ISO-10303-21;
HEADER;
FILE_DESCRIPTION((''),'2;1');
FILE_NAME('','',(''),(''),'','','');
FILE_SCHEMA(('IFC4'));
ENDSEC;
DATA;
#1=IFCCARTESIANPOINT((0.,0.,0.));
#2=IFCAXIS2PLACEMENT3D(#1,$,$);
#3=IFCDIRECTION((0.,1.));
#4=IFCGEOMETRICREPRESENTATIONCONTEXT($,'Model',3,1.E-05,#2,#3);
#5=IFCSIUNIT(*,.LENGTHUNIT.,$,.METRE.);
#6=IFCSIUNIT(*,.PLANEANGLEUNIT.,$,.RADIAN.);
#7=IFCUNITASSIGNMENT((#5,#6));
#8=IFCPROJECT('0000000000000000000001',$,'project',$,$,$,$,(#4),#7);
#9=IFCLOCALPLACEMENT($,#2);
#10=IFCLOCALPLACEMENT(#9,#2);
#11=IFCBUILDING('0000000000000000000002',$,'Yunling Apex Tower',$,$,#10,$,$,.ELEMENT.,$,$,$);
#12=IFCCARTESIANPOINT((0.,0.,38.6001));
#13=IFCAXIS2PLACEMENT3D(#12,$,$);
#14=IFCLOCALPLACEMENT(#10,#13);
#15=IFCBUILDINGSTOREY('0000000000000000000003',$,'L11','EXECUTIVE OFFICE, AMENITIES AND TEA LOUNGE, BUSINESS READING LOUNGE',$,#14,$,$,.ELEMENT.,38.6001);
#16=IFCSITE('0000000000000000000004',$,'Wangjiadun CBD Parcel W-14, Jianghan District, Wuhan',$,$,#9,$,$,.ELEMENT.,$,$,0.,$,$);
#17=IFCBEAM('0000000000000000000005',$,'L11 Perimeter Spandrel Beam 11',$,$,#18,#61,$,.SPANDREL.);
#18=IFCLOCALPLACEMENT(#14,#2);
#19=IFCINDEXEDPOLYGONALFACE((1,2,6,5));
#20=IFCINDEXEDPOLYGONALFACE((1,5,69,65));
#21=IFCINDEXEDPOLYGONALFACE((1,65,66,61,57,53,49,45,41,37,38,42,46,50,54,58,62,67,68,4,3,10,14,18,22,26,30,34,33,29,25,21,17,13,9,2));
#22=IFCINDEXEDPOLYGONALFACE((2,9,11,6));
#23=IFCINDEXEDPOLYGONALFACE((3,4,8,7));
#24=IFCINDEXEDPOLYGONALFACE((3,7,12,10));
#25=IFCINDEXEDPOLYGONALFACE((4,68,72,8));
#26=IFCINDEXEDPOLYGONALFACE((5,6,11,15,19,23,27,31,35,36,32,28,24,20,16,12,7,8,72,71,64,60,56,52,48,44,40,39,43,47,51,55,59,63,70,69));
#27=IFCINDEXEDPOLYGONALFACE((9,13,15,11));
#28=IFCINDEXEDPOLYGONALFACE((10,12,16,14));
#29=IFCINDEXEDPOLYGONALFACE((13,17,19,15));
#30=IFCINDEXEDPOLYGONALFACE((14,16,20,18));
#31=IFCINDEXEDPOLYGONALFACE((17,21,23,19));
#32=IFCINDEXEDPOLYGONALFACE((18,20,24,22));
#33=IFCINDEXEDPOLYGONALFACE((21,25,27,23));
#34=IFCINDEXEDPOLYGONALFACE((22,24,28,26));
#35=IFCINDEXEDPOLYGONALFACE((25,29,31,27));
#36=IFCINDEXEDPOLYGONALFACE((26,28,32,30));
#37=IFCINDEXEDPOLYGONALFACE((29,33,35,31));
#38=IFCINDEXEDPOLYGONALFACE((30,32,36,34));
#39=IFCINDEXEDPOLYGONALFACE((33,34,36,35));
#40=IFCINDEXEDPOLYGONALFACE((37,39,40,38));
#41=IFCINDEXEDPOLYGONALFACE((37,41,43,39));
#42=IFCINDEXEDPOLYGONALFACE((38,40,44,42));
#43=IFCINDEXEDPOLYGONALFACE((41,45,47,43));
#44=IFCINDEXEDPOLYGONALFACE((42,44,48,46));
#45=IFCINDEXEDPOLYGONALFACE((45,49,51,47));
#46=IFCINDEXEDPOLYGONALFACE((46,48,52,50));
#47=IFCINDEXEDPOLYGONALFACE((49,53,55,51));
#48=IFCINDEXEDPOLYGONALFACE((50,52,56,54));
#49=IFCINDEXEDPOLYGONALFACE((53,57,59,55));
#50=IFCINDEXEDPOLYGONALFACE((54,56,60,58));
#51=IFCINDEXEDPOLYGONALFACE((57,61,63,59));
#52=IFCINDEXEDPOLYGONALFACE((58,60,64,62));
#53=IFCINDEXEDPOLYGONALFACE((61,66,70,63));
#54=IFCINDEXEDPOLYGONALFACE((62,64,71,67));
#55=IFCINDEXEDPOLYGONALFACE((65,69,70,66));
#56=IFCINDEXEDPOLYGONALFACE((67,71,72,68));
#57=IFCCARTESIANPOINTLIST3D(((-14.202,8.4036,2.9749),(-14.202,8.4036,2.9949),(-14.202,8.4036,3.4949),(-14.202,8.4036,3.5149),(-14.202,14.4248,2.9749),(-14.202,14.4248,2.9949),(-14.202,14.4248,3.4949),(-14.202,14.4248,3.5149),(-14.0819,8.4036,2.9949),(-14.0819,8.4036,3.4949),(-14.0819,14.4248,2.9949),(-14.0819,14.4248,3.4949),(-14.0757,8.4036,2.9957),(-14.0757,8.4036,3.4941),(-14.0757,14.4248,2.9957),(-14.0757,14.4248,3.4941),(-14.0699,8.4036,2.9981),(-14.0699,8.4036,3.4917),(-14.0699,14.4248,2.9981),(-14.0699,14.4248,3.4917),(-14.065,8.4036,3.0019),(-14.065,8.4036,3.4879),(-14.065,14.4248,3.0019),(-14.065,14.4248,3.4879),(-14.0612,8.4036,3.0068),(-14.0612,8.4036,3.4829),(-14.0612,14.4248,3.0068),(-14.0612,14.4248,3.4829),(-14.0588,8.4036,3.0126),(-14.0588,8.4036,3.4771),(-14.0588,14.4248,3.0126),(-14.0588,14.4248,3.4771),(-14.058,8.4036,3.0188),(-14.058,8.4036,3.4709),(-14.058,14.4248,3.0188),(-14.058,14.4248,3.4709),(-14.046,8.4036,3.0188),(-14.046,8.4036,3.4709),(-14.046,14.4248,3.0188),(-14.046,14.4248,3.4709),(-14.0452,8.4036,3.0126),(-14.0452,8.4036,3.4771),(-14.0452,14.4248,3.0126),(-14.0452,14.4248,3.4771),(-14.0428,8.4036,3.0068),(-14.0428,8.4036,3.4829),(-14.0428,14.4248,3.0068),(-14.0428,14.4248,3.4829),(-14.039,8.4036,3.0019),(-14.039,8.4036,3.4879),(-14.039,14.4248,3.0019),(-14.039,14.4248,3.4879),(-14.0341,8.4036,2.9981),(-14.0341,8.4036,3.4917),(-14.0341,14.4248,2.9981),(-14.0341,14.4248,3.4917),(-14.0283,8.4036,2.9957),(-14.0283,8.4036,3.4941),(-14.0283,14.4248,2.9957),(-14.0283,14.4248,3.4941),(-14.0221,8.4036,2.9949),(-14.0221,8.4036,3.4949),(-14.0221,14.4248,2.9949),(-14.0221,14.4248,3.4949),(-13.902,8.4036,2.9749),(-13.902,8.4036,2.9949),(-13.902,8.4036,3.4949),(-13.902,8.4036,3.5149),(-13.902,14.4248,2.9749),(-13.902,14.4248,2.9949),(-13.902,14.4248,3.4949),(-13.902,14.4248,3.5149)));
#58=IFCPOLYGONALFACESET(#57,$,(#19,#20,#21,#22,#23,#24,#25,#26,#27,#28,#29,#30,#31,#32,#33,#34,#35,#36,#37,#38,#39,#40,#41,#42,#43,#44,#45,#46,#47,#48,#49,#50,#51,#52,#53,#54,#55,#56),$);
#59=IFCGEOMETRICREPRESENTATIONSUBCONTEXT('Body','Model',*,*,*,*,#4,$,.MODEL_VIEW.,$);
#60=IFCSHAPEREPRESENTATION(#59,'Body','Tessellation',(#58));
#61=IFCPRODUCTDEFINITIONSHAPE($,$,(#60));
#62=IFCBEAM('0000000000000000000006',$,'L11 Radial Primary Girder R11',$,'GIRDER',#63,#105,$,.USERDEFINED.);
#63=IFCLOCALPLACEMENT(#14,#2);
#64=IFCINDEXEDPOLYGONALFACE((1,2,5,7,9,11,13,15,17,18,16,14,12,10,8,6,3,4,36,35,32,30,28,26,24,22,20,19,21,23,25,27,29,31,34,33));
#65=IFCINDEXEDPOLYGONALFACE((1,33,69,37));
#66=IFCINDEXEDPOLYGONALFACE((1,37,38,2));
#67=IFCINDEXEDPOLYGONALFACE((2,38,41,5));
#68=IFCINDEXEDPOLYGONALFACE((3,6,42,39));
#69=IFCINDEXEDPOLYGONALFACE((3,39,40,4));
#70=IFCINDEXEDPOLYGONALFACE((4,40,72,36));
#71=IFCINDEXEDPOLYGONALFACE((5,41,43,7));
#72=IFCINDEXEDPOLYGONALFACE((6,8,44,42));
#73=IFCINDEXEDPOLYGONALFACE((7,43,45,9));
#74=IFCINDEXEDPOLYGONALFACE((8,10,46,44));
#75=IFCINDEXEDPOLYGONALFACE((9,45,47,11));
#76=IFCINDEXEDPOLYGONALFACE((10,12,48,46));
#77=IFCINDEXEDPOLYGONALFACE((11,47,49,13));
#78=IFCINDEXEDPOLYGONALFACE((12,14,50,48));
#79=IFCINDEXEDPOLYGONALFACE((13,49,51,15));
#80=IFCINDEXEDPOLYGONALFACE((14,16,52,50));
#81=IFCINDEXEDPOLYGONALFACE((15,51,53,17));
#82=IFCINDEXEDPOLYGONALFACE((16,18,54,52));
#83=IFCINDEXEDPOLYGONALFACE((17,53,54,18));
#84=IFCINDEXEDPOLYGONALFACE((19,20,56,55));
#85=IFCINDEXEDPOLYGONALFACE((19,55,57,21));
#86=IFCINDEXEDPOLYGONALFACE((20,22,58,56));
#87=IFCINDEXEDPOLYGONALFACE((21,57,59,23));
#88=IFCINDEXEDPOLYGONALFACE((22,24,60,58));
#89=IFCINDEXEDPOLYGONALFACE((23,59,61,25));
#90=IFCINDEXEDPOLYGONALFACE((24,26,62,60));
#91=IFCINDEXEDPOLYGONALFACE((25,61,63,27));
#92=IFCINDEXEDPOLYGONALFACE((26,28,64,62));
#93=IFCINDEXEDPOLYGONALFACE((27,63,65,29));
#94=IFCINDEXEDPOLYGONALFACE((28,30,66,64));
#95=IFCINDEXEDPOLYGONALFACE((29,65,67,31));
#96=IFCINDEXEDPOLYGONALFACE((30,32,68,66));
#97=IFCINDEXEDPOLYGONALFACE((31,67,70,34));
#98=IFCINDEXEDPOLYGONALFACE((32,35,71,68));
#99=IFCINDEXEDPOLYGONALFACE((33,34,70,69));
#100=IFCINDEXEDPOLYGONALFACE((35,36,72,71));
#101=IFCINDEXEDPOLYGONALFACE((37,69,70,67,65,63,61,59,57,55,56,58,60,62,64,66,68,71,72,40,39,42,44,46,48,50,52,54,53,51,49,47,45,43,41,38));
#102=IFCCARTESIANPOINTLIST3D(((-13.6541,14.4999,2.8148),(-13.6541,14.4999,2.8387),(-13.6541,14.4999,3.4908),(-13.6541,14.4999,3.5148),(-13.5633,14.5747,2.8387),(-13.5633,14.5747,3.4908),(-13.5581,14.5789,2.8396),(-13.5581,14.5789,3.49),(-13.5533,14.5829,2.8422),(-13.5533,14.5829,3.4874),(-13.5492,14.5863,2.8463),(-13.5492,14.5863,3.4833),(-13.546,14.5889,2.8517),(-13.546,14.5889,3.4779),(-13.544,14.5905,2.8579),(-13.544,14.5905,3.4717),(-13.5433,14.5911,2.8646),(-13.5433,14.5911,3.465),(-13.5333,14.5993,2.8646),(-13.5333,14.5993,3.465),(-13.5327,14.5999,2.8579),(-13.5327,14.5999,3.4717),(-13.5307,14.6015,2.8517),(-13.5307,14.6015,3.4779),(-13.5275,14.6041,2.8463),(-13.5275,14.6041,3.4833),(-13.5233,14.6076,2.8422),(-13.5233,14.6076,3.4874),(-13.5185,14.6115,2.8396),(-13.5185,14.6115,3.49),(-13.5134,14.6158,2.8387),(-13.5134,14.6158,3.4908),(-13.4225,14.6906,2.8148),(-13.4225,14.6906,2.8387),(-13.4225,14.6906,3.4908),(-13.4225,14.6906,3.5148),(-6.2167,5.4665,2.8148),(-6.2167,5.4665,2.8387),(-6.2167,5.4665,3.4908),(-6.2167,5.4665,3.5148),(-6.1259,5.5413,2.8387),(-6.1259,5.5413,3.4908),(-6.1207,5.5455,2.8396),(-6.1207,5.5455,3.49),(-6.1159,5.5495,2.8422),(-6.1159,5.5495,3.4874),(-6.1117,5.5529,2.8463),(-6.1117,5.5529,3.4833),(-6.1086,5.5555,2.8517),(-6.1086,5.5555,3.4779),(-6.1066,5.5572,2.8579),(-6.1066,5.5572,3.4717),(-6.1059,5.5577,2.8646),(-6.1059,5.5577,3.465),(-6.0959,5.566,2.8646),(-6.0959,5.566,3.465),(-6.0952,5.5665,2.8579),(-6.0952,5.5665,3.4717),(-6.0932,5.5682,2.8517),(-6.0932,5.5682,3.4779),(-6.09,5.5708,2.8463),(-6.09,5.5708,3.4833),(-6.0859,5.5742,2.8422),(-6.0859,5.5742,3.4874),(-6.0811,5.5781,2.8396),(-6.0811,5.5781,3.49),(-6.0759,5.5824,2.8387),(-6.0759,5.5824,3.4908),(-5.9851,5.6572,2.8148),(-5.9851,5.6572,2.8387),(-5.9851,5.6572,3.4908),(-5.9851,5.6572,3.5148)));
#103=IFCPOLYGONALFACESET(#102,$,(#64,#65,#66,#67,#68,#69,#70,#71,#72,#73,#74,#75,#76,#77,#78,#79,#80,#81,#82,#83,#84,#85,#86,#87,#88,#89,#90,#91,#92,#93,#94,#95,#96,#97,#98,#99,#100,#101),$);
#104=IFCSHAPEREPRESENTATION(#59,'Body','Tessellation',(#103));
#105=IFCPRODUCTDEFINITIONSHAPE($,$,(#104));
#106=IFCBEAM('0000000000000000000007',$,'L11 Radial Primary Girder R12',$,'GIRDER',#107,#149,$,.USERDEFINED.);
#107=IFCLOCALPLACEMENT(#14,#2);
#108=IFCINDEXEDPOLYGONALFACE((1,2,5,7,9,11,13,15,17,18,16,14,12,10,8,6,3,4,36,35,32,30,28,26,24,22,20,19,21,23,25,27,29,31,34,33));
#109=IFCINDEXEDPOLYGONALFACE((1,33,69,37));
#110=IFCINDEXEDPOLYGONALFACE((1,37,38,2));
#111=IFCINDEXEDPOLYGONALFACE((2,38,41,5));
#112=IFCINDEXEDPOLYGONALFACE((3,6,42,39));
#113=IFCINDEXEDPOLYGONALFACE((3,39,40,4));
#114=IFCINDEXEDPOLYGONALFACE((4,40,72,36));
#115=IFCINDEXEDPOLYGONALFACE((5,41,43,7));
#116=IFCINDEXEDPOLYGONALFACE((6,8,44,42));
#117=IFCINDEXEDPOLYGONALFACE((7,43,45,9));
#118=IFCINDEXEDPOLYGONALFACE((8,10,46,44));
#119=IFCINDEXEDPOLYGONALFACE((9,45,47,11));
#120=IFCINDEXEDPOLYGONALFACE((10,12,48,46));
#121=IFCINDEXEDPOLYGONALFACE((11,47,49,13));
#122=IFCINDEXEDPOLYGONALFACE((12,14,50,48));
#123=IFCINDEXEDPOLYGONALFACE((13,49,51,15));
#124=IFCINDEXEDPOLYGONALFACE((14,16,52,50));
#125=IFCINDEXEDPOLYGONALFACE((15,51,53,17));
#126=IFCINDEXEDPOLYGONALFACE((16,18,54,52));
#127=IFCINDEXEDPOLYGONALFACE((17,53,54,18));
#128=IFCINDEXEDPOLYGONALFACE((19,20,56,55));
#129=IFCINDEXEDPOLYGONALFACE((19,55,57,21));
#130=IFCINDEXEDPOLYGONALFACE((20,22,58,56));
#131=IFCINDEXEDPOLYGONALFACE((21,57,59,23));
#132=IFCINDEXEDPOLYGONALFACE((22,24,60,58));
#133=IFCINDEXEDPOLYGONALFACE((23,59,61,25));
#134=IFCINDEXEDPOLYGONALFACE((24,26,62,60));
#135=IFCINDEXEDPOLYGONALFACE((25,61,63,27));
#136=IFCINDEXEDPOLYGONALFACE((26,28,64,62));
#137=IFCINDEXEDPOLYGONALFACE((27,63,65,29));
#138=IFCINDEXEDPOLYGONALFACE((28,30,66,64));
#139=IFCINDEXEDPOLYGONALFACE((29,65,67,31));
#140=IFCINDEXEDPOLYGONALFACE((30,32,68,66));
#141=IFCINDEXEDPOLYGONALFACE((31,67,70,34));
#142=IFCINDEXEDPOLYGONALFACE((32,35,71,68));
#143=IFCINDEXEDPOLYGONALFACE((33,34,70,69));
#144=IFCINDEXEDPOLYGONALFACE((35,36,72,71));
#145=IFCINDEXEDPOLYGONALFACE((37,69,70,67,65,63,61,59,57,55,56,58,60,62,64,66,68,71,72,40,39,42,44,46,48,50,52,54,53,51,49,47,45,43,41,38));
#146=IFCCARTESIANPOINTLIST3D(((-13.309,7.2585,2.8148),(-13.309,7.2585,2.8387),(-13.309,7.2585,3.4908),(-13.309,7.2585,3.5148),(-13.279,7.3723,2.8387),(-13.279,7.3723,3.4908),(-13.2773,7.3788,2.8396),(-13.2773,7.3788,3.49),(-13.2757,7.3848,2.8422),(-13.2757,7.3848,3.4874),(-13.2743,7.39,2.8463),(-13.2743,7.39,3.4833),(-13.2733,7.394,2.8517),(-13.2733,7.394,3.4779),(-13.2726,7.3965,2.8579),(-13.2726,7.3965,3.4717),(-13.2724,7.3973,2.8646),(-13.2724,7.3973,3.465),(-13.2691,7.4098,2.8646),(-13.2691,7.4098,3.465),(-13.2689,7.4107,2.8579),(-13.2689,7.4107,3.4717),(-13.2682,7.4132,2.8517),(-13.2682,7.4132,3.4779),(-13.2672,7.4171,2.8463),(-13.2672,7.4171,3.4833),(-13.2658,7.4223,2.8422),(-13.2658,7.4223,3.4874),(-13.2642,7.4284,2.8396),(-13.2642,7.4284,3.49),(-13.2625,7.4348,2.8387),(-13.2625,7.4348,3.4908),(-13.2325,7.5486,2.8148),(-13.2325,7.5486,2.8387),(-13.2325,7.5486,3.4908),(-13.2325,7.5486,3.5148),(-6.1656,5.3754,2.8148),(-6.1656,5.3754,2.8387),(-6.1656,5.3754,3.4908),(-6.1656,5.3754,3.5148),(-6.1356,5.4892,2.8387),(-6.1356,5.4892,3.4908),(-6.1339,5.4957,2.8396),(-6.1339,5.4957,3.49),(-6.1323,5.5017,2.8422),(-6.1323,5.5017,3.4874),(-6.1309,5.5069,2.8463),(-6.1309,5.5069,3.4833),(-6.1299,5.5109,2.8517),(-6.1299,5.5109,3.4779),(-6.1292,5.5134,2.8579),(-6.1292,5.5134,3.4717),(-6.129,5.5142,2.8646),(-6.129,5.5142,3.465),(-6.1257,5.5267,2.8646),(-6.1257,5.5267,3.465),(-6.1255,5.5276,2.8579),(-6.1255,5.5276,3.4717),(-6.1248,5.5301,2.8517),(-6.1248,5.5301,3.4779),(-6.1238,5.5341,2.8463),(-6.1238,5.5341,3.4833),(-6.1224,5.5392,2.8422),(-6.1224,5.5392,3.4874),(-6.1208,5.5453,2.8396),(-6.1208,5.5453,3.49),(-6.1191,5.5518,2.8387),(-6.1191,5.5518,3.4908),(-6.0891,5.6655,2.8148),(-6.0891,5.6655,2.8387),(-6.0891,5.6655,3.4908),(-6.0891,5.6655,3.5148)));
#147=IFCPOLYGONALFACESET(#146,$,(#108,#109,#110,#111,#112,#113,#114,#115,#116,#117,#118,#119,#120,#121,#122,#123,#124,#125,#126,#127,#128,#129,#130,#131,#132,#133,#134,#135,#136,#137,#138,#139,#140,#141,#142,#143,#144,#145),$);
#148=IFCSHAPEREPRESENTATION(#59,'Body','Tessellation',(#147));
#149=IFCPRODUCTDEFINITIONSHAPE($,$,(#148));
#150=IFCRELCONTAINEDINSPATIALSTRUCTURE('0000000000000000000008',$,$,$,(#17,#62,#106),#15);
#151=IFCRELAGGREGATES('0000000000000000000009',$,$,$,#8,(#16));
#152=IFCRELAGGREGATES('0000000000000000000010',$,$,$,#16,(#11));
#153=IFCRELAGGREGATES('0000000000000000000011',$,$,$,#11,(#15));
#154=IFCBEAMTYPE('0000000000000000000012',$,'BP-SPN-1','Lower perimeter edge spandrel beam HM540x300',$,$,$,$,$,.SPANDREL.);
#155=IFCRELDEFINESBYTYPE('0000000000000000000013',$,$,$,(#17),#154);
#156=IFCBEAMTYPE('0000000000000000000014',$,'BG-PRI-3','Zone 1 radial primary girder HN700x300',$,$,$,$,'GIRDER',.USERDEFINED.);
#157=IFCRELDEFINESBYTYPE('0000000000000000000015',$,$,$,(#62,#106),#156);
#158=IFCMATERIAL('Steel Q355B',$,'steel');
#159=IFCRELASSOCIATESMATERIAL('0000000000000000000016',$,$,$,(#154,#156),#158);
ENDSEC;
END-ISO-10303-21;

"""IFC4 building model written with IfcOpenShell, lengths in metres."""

from ifc_helpers import new_model, si_unit, direction, frame, origin, origin_2d, place, context, subcontext, project, spatial, i_section, extrude, source, transform, mapped, material, material_profile, profile_set, type_object, element, save


model = new_model("IFC4")

# Units and contexts
model_context = context("Model", 3, precision=1e-05, world=origin(), true_north=direction((0.0, 1.0)))
body_context = subcontext(model_context, "Body", "Model", "MODEL_VIEW")
ifc_project = project(units=[si_unit("LENGTHUNIT", "METRE"), si_unit("PLANEANGLEUNIT", "RADIAN")], contexts=[model_context])

# Site, building, storey
site_placement = place(None, origin())
site = spatial("IfcSite", under=ifc_project, at=site_placement, Name="Wangjiadun CBD Parcel W-14, Jianghan District, Wuhan", CompositionType="ELEMENT", RefElevation=0.0)
building_placement = place(site_placement, origin())
building = spatial("IfcBuilding", under=site, at=building_placement, Name="Yunling Apex Tower", CompositionType="ELEMENT")
storey_placement = place(building_placement, frame((0.0, 0.0, 38.6001)))
storey = spatial("IfcBuildingStorey", under=building, at=storey_placement, Name="L11", Description="EXECUTIVE OFFICE, AMENITIES AND TEA LOUNGE, BUSINESS READING LOUNGE", CompositionType="ELEMENT", Elevation=38.6001)

# Beams
ifc_material_1 = material(Name="Steel Q355B", Category="steel")
ifc_material_profile_1 = material_profile(ifc_material_1, i_section(OverallWidth=0.3, OverallDepth=0.54, WebThickness=0.012, FlangeThickness=0.02, FilletRadius=0.0239, at=origin_2d()))
ifc_profile_set_1 = profile_set([ifc_material_profile_1], Name="Steel Q355B")
beam_type_1 = type_object("IfcBeamType", Name="BP-SPN-1", Description="Lower perimeter edge spandrel beam HM540x300", PredefinedType="SPANDREL", material=ifc_profile_set_1)
shared_shape_1 = source(origin(), body_context, "Body", "SweptSolid", [
    extrude(i_section(OverallWidth=0.3, OverallDepth=0.54, WebThickness=0.012, FlangeThickness=0.02, FilletRadius=0.0239, at=origin_2d()), origin(), (0.0, 0.0, 1.0), 6.0212),
])
beam_1_placement = place(storey_placement, frame((-14.052, 14.4248, 3.2449), z_axis=(0.0, -1.0, 0.0), x_axis=(1.0, 0.0, 0.0)))
element("IfcBeam", 1, at=beam_1_placement, inside=storey, type_object=beam_type_1, Name="L11 Perimeter Spandrel Beam 11", PredefinedType="SPANDREL", context=body_context, shape_type="MappedRepresentation", body=[
    mapped(shared_shape_1, transform((0.0, 0.0, 0.0), scale=1.0)),
])
ifc_material_profile_2 = material_profile(ifc_material_1, i_section(OverallWidth=0.3, OverallDepth=0.7, WebThickness=0.0129, FlangeThickness=0.0239, FilletRadius=0.0259, at=origin_2d()))
ifc_profile_set_2 = profile_set([ifc_material_profile_2], Name="Steel Q355B")
beam_type_2 = type_object("IfcBeamType", Name="BG-PRI-3", Description="Zone 1 radial primary girder HN700x300", ElementType="GIRDER", PredefinedType="USERDEFINED", material=ifc_profile_set_2)
shared_shape_2 = source(origin(), body_context, "Body", "SweptSolid", [
    extrude(i_section(OverallWidth=0.3, OverallDepth=0.7, WebThickness=0.0129, FlangeThickness=0.0239, FilletRadius=0.0259, at=origin_2d()), origin(), (0.0, 0.0, 1.0), 11.7012),
])
beam_2_placement = place(storey_placement, frame((-13.5383, 14.5952, 3.1648), z_axis=(0.635615, -0.772006, 0.0), x_axis=(0.772006, 0.635615, 0.0)))
element("IfcBeam", 2, at=beam_2_placement, inside=storey, type_object=beam_type_2, Name="L11 Radial Primary Girder R11", ObjectType="GIRDER", PredefinedType="USERDEFINED", context=body_context, shape_type="MappedRepresentation", body=[
    mapped(shared_shape_2, transform((0.0, 0.0, 0.0), scale=1.0)),
])
shared_shape_3 = source(origin(), body_context, "Body", "SweptSolid", [
    extrude(i_section(OverallWidth=0.3, OverallDepth=0.7, WebThickness=0.0129, FlangeThickness=0.0239, FilletRadius=0.0259, at=origin_2d()), origin(), (0.0, 0.0, 1.0), 7.3875),
])
beam_3_placement = place(storey_placement, frame((-13.2708, 7.4036, 3.1648), z_axis=(0.966967, -0.254903, 0.0), x_axis=(0.254903, 0.966967, 0.0)))
element("IfcBeam", 3, at=beam_3_placement, inside=storey, type_object=beam_type_2, Name="L11 Radial Primary Girder R12", ObjectType="GIRDER", PredefinedType="USERDEFINED", context=body_context, shape_type="MappedRepresentation", body=[
    mapped(shared_shape_3, transform((0.0, 0.0, 0.0), scale=1.0)),
])

save(model, "model.ifc")
